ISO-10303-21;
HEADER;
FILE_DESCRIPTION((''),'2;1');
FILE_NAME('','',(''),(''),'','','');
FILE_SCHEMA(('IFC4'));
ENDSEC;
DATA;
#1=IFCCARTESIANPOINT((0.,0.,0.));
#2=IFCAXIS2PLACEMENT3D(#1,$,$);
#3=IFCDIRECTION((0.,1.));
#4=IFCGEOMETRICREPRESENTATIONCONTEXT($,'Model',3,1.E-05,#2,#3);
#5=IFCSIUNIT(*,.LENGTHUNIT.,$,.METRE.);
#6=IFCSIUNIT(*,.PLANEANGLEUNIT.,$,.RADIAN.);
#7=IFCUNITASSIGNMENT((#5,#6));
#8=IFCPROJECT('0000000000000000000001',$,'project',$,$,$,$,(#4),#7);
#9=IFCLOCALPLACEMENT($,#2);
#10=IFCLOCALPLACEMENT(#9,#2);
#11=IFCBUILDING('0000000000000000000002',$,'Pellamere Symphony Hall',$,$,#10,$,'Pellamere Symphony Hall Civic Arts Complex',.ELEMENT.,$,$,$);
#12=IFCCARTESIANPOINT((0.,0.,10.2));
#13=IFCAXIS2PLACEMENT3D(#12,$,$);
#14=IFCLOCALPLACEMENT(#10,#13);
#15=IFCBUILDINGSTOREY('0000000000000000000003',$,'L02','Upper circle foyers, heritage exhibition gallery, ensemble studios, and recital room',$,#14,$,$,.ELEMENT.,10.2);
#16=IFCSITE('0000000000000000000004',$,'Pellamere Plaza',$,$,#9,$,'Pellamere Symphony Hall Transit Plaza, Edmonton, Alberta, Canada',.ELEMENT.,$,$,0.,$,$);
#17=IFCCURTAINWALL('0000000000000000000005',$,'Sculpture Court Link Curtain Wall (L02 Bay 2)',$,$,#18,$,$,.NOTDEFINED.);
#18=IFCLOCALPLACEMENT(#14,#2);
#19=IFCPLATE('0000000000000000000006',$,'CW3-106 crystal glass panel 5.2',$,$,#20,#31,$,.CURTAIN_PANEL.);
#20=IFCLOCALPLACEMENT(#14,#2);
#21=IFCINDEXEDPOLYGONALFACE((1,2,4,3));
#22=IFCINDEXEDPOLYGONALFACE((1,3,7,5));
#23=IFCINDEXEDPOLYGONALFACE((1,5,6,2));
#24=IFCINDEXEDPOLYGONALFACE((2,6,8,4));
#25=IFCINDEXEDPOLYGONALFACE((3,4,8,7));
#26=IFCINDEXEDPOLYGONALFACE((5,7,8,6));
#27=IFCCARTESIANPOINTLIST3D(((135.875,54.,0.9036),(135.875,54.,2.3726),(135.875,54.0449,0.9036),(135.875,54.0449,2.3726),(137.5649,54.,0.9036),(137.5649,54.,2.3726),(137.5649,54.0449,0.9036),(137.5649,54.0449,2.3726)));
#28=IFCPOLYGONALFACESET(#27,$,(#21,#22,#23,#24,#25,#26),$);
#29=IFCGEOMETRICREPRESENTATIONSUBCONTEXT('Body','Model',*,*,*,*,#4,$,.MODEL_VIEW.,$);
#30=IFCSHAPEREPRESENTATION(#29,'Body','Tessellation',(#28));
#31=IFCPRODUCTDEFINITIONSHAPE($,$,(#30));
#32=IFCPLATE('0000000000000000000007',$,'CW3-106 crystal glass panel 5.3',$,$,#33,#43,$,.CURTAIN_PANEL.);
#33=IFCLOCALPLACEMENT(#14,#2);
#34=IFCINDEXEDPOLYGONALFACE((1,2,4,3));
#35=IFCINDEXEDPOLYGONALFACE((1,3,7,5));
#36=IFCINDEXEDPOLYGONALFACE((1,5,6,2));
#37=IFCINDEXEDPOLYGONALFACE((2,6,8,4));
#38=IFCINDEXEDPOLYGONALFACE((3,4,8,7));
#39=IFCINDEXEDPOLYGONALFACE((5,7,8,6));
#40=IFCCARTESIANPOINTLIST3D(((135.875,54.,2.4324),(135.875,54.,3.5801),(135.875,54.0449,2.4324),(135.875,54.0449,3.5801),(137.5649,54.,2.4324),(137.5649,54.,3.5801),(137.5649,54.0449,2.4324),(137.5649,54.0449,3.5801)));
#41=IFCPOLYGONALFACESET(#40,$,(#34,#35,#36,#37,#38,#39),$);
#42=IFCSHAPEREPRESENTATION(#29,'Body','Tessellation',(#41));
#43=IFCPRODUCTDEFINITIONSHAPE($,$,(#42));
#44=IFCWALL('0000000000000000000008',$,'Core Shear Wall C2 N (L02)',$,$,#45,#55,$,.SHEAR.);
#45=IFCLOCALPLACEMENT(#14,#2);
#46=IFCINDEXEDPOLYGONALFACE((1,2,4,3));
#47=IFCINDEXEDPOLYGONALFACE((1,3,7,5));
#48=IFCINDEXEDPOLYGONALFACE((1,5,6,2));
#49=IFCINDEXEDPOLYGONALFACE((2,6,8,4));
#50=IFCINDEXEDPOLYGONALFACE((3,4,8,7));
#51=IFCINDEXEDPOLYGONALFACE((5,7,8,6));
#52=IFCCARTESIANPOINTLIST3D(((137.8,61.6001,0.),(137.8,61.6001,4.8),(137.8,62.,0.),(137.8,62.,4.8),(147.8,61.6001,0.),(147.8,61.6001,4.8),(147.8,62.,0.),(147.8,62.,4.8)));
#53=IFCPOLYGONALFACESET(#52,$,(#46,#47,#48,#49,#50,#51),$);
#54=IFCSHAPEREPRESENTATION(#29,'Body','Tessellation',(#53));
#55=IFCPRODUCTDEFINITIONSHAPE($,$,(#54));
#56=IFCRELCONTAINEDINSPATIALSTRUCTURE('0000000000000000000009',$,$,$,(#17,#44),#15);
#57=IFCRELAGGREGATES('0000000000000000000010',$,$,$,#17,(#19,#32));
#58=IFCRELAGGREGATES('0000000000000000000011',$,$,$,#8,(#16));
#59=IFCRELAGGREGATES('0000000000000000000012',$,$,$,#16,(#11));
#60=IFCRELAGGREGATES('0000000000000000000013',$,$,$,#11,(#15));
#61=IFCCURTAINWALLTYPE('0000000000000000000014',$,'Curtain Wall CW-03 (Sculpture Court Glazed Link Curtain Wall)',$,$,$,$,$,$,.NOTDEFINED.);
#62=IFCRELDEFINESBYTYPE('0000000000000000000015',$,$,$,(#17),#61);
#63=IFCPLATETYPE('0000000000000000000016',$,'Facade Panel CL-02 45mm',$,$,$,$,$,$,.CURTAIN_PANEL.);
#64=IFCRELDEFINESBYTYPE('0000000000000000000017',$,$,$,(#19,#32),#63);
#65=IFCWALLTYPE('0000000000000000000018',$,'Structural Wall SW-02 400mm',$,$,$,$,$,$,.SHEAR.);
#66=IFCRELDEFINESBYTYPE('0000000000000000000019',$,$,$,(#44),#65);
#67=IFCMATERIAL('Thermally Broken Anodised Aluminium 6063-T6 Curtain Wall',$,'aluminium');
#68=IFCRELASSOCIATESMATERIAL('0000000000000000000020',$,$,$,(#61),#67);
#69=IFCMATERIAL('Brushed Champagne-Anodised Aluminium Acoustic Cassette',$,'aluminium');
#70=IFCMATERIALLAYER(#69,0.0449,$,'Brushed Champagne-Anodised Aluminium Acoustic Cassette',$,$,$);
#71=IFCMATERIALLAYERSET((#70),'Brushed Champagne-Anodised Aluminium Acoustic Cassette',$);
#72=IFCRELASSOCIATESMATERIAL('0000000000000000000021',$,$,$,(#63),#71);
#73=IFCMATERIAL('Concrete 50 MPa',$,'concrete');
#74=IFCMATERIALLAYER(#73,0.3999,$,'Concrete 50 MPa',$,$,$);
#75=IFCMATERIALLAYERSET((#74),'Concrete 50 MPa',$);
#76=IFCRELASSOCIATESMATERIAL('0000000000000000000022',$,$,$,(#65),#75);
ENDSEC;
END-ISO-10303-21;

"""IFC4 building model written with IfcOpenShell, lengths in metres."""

from ifc_helpers import new_model, si_unit, direction, frame, frame_2d, origin, place, context, subcontext, project, spatial, polyline, rectangle, outline, extrude, material, layer, layer_set, type_object, element, aggregate, save


model = new_model("IFC4")

# Units and contexts
model_context = context("Model", 3, precision=1e-05, world=origin(), true_north=direction((0.0, 1.0)))
body_context = subcontext(model_context, "Body", "Model", "MODEL_VIEW")
ifc_project = project(units=[si_unit("LENGTHUNIT", "METRE"), si_unit("PLANEANGLEUNIT", "RADIAN")], contexts=[model_context])

# Site, building, storey
site_placement = place(None, origin())
site = spatial("IfcSite", under=ifc_project, at=site_placement, Name="Pellamere Plaza", LongName="Pellamere Symphony Hall Transit Plaza, Edmonton, Alberta, Canada", CompositionType="ELEMENT", RefElevation=0.0)
building_placement = place(site_placement, origin())
building = spatial("IfcBuilding", under=site, at=building_placement, Name="Pellamere Symphony Hall", LongName="Pellamere Symphony Hall Civic Arts Complex", CompositionType="ELEMENT")
storey_placement = place(building_placement, frame((0.0, 0.0, 10.2)))
storey = spatial("IfcBuildingStorey", under=building, at=storey_placement, Name="L02", Description="Upper circle foyers, heritage exhibition gallery, ensemble studios, and recital room", CompositionType="ELEMENT", Elevation=10.2)

# Curtain wall
ifc_material_1 = material(Name="Thermally Broken Anodised Aluminium 6063-T6 Curtain Wall", Category="aluminium")
curtain_wall_type = type_object("IfcCurtainWallType", Name="Curtain Wall CW-03 (Sculpture Court Glazed Link Curtain Wall)", PredefinedType="NOTDEFINED", material=ifc_material_1)
curtain_wall_placement = place(storey_placement, origin())
curtain_wall = element("IfcCurtainWall", 1, at=curtain_wall_placement, inside=storey, type_object=curtain_wall_type, Name="Sculpture Court Link Curtain Wall (L02 Bay 2)", PredefinedType="NOTDEFINED")

# Plates
ifc_material_2 = material(Name="Brushed Champagne-Anodised Aluminium Acoustic Cassette", Category="aluminium")
ifc_layer_1 = layer(ifc_material_2, 0.0449, Name="Brushed Champagne-Anodised Aluminium Acoustic Cassette")
ifc_layer_set_1 = layer_set([ifc_layer_1], Name="Brushed Champagne-Anodised Aluminium Acoustic Cassette")
plate_type = type_object("IfcPlateType", Name="Facade Panel CL-02 45mm", PredefinedType="CURTAIN_PANEL", material=ifc_layer_set_1)
plate_1_placement = place(storey_placement, frame((135.875, 54.0, 0.9036), z_axis=(0.0, -1.0, 0.0), x_axis=(1.0, 0.0, 0.0)))
plate_1 = element("IfcPlate", 2, at=plate_1_placement, type_object=plate_type, Name="CW3-106 crystal glass panel 5.2", PredefinedType="CURTAIN_PANEL", context=body_context, shape_type="SweptSolid", body=[
    extrude(outline(polyline([(0.0, 0.0), (1.6899, 0.0), (1.6899, 1.469), (0.0, 1.469), (0.0, 0.0)])), origin(), (0.0, 0.0, -1.0), 0.0449),
])
plate_2_placement = place(storey_placement, frame((135.875, 54.0, 2.4324), z_axis=(0.0, -1.0, 0.0), x_axis=(1.0, 0.0, 0.0)))
plate_2 = element("IfcPlate", 3, at=plate_2_placement, type_object=plate_type, Name="CW3-106 crystal glass panel 5.3", PredefinedType="CURTAIN_PANEL", context=body_context, shape_type="SweptSolid", body=[
    extrude(outline(polyline([(0.0, 0.0), (1.6899, 0.0), (1.6899, 1.1477), (0.0, 1.1477), (0.0, 0.0)])), origin(), (0.0, 0.0, -1.0), 0.0449),
])
aggregate(curtain_wall, [plate_1, plate_2])

# Wall
ifc_material_3 = material(Name="Concrete 50 MPa", Category="concrete")
ifc_layer_2 = layer(ifc_material_3, 0.3999, Name="Concrete 50 MPa")
ifc_layer_set_2 = layer_set([ifc_layer_2], Name="Concrete 50 MPa")
wall_type = type_object("IfcWallType", Name="Structural Wall SW-02 400mm", PredefinedType="SHEAR", material=ifc_layer_set_2)
wall_placement = place(storey_placement, frame((137.8, 61.8, 0.0), z_axis=(0.0, 0.0, 1.0), x_axis=(1.0, 0.0, 0.0)))
element("IfcWall", 4, at=wall_placement, inside=storey, type_object=wall_type, Name="Core Shear Wall C2 N (L02)", PredefinedType="SHEAR", context=body_context, shape_type="SweptSolid", body=[
    extrude(rectangle(XDim=10.0, YDim=0.3999, at=frame_2d((5.0, 0.0))), origin(), (0.0, 0.0, 1.0), 4.8),
])

save(model, "model.ifc")
